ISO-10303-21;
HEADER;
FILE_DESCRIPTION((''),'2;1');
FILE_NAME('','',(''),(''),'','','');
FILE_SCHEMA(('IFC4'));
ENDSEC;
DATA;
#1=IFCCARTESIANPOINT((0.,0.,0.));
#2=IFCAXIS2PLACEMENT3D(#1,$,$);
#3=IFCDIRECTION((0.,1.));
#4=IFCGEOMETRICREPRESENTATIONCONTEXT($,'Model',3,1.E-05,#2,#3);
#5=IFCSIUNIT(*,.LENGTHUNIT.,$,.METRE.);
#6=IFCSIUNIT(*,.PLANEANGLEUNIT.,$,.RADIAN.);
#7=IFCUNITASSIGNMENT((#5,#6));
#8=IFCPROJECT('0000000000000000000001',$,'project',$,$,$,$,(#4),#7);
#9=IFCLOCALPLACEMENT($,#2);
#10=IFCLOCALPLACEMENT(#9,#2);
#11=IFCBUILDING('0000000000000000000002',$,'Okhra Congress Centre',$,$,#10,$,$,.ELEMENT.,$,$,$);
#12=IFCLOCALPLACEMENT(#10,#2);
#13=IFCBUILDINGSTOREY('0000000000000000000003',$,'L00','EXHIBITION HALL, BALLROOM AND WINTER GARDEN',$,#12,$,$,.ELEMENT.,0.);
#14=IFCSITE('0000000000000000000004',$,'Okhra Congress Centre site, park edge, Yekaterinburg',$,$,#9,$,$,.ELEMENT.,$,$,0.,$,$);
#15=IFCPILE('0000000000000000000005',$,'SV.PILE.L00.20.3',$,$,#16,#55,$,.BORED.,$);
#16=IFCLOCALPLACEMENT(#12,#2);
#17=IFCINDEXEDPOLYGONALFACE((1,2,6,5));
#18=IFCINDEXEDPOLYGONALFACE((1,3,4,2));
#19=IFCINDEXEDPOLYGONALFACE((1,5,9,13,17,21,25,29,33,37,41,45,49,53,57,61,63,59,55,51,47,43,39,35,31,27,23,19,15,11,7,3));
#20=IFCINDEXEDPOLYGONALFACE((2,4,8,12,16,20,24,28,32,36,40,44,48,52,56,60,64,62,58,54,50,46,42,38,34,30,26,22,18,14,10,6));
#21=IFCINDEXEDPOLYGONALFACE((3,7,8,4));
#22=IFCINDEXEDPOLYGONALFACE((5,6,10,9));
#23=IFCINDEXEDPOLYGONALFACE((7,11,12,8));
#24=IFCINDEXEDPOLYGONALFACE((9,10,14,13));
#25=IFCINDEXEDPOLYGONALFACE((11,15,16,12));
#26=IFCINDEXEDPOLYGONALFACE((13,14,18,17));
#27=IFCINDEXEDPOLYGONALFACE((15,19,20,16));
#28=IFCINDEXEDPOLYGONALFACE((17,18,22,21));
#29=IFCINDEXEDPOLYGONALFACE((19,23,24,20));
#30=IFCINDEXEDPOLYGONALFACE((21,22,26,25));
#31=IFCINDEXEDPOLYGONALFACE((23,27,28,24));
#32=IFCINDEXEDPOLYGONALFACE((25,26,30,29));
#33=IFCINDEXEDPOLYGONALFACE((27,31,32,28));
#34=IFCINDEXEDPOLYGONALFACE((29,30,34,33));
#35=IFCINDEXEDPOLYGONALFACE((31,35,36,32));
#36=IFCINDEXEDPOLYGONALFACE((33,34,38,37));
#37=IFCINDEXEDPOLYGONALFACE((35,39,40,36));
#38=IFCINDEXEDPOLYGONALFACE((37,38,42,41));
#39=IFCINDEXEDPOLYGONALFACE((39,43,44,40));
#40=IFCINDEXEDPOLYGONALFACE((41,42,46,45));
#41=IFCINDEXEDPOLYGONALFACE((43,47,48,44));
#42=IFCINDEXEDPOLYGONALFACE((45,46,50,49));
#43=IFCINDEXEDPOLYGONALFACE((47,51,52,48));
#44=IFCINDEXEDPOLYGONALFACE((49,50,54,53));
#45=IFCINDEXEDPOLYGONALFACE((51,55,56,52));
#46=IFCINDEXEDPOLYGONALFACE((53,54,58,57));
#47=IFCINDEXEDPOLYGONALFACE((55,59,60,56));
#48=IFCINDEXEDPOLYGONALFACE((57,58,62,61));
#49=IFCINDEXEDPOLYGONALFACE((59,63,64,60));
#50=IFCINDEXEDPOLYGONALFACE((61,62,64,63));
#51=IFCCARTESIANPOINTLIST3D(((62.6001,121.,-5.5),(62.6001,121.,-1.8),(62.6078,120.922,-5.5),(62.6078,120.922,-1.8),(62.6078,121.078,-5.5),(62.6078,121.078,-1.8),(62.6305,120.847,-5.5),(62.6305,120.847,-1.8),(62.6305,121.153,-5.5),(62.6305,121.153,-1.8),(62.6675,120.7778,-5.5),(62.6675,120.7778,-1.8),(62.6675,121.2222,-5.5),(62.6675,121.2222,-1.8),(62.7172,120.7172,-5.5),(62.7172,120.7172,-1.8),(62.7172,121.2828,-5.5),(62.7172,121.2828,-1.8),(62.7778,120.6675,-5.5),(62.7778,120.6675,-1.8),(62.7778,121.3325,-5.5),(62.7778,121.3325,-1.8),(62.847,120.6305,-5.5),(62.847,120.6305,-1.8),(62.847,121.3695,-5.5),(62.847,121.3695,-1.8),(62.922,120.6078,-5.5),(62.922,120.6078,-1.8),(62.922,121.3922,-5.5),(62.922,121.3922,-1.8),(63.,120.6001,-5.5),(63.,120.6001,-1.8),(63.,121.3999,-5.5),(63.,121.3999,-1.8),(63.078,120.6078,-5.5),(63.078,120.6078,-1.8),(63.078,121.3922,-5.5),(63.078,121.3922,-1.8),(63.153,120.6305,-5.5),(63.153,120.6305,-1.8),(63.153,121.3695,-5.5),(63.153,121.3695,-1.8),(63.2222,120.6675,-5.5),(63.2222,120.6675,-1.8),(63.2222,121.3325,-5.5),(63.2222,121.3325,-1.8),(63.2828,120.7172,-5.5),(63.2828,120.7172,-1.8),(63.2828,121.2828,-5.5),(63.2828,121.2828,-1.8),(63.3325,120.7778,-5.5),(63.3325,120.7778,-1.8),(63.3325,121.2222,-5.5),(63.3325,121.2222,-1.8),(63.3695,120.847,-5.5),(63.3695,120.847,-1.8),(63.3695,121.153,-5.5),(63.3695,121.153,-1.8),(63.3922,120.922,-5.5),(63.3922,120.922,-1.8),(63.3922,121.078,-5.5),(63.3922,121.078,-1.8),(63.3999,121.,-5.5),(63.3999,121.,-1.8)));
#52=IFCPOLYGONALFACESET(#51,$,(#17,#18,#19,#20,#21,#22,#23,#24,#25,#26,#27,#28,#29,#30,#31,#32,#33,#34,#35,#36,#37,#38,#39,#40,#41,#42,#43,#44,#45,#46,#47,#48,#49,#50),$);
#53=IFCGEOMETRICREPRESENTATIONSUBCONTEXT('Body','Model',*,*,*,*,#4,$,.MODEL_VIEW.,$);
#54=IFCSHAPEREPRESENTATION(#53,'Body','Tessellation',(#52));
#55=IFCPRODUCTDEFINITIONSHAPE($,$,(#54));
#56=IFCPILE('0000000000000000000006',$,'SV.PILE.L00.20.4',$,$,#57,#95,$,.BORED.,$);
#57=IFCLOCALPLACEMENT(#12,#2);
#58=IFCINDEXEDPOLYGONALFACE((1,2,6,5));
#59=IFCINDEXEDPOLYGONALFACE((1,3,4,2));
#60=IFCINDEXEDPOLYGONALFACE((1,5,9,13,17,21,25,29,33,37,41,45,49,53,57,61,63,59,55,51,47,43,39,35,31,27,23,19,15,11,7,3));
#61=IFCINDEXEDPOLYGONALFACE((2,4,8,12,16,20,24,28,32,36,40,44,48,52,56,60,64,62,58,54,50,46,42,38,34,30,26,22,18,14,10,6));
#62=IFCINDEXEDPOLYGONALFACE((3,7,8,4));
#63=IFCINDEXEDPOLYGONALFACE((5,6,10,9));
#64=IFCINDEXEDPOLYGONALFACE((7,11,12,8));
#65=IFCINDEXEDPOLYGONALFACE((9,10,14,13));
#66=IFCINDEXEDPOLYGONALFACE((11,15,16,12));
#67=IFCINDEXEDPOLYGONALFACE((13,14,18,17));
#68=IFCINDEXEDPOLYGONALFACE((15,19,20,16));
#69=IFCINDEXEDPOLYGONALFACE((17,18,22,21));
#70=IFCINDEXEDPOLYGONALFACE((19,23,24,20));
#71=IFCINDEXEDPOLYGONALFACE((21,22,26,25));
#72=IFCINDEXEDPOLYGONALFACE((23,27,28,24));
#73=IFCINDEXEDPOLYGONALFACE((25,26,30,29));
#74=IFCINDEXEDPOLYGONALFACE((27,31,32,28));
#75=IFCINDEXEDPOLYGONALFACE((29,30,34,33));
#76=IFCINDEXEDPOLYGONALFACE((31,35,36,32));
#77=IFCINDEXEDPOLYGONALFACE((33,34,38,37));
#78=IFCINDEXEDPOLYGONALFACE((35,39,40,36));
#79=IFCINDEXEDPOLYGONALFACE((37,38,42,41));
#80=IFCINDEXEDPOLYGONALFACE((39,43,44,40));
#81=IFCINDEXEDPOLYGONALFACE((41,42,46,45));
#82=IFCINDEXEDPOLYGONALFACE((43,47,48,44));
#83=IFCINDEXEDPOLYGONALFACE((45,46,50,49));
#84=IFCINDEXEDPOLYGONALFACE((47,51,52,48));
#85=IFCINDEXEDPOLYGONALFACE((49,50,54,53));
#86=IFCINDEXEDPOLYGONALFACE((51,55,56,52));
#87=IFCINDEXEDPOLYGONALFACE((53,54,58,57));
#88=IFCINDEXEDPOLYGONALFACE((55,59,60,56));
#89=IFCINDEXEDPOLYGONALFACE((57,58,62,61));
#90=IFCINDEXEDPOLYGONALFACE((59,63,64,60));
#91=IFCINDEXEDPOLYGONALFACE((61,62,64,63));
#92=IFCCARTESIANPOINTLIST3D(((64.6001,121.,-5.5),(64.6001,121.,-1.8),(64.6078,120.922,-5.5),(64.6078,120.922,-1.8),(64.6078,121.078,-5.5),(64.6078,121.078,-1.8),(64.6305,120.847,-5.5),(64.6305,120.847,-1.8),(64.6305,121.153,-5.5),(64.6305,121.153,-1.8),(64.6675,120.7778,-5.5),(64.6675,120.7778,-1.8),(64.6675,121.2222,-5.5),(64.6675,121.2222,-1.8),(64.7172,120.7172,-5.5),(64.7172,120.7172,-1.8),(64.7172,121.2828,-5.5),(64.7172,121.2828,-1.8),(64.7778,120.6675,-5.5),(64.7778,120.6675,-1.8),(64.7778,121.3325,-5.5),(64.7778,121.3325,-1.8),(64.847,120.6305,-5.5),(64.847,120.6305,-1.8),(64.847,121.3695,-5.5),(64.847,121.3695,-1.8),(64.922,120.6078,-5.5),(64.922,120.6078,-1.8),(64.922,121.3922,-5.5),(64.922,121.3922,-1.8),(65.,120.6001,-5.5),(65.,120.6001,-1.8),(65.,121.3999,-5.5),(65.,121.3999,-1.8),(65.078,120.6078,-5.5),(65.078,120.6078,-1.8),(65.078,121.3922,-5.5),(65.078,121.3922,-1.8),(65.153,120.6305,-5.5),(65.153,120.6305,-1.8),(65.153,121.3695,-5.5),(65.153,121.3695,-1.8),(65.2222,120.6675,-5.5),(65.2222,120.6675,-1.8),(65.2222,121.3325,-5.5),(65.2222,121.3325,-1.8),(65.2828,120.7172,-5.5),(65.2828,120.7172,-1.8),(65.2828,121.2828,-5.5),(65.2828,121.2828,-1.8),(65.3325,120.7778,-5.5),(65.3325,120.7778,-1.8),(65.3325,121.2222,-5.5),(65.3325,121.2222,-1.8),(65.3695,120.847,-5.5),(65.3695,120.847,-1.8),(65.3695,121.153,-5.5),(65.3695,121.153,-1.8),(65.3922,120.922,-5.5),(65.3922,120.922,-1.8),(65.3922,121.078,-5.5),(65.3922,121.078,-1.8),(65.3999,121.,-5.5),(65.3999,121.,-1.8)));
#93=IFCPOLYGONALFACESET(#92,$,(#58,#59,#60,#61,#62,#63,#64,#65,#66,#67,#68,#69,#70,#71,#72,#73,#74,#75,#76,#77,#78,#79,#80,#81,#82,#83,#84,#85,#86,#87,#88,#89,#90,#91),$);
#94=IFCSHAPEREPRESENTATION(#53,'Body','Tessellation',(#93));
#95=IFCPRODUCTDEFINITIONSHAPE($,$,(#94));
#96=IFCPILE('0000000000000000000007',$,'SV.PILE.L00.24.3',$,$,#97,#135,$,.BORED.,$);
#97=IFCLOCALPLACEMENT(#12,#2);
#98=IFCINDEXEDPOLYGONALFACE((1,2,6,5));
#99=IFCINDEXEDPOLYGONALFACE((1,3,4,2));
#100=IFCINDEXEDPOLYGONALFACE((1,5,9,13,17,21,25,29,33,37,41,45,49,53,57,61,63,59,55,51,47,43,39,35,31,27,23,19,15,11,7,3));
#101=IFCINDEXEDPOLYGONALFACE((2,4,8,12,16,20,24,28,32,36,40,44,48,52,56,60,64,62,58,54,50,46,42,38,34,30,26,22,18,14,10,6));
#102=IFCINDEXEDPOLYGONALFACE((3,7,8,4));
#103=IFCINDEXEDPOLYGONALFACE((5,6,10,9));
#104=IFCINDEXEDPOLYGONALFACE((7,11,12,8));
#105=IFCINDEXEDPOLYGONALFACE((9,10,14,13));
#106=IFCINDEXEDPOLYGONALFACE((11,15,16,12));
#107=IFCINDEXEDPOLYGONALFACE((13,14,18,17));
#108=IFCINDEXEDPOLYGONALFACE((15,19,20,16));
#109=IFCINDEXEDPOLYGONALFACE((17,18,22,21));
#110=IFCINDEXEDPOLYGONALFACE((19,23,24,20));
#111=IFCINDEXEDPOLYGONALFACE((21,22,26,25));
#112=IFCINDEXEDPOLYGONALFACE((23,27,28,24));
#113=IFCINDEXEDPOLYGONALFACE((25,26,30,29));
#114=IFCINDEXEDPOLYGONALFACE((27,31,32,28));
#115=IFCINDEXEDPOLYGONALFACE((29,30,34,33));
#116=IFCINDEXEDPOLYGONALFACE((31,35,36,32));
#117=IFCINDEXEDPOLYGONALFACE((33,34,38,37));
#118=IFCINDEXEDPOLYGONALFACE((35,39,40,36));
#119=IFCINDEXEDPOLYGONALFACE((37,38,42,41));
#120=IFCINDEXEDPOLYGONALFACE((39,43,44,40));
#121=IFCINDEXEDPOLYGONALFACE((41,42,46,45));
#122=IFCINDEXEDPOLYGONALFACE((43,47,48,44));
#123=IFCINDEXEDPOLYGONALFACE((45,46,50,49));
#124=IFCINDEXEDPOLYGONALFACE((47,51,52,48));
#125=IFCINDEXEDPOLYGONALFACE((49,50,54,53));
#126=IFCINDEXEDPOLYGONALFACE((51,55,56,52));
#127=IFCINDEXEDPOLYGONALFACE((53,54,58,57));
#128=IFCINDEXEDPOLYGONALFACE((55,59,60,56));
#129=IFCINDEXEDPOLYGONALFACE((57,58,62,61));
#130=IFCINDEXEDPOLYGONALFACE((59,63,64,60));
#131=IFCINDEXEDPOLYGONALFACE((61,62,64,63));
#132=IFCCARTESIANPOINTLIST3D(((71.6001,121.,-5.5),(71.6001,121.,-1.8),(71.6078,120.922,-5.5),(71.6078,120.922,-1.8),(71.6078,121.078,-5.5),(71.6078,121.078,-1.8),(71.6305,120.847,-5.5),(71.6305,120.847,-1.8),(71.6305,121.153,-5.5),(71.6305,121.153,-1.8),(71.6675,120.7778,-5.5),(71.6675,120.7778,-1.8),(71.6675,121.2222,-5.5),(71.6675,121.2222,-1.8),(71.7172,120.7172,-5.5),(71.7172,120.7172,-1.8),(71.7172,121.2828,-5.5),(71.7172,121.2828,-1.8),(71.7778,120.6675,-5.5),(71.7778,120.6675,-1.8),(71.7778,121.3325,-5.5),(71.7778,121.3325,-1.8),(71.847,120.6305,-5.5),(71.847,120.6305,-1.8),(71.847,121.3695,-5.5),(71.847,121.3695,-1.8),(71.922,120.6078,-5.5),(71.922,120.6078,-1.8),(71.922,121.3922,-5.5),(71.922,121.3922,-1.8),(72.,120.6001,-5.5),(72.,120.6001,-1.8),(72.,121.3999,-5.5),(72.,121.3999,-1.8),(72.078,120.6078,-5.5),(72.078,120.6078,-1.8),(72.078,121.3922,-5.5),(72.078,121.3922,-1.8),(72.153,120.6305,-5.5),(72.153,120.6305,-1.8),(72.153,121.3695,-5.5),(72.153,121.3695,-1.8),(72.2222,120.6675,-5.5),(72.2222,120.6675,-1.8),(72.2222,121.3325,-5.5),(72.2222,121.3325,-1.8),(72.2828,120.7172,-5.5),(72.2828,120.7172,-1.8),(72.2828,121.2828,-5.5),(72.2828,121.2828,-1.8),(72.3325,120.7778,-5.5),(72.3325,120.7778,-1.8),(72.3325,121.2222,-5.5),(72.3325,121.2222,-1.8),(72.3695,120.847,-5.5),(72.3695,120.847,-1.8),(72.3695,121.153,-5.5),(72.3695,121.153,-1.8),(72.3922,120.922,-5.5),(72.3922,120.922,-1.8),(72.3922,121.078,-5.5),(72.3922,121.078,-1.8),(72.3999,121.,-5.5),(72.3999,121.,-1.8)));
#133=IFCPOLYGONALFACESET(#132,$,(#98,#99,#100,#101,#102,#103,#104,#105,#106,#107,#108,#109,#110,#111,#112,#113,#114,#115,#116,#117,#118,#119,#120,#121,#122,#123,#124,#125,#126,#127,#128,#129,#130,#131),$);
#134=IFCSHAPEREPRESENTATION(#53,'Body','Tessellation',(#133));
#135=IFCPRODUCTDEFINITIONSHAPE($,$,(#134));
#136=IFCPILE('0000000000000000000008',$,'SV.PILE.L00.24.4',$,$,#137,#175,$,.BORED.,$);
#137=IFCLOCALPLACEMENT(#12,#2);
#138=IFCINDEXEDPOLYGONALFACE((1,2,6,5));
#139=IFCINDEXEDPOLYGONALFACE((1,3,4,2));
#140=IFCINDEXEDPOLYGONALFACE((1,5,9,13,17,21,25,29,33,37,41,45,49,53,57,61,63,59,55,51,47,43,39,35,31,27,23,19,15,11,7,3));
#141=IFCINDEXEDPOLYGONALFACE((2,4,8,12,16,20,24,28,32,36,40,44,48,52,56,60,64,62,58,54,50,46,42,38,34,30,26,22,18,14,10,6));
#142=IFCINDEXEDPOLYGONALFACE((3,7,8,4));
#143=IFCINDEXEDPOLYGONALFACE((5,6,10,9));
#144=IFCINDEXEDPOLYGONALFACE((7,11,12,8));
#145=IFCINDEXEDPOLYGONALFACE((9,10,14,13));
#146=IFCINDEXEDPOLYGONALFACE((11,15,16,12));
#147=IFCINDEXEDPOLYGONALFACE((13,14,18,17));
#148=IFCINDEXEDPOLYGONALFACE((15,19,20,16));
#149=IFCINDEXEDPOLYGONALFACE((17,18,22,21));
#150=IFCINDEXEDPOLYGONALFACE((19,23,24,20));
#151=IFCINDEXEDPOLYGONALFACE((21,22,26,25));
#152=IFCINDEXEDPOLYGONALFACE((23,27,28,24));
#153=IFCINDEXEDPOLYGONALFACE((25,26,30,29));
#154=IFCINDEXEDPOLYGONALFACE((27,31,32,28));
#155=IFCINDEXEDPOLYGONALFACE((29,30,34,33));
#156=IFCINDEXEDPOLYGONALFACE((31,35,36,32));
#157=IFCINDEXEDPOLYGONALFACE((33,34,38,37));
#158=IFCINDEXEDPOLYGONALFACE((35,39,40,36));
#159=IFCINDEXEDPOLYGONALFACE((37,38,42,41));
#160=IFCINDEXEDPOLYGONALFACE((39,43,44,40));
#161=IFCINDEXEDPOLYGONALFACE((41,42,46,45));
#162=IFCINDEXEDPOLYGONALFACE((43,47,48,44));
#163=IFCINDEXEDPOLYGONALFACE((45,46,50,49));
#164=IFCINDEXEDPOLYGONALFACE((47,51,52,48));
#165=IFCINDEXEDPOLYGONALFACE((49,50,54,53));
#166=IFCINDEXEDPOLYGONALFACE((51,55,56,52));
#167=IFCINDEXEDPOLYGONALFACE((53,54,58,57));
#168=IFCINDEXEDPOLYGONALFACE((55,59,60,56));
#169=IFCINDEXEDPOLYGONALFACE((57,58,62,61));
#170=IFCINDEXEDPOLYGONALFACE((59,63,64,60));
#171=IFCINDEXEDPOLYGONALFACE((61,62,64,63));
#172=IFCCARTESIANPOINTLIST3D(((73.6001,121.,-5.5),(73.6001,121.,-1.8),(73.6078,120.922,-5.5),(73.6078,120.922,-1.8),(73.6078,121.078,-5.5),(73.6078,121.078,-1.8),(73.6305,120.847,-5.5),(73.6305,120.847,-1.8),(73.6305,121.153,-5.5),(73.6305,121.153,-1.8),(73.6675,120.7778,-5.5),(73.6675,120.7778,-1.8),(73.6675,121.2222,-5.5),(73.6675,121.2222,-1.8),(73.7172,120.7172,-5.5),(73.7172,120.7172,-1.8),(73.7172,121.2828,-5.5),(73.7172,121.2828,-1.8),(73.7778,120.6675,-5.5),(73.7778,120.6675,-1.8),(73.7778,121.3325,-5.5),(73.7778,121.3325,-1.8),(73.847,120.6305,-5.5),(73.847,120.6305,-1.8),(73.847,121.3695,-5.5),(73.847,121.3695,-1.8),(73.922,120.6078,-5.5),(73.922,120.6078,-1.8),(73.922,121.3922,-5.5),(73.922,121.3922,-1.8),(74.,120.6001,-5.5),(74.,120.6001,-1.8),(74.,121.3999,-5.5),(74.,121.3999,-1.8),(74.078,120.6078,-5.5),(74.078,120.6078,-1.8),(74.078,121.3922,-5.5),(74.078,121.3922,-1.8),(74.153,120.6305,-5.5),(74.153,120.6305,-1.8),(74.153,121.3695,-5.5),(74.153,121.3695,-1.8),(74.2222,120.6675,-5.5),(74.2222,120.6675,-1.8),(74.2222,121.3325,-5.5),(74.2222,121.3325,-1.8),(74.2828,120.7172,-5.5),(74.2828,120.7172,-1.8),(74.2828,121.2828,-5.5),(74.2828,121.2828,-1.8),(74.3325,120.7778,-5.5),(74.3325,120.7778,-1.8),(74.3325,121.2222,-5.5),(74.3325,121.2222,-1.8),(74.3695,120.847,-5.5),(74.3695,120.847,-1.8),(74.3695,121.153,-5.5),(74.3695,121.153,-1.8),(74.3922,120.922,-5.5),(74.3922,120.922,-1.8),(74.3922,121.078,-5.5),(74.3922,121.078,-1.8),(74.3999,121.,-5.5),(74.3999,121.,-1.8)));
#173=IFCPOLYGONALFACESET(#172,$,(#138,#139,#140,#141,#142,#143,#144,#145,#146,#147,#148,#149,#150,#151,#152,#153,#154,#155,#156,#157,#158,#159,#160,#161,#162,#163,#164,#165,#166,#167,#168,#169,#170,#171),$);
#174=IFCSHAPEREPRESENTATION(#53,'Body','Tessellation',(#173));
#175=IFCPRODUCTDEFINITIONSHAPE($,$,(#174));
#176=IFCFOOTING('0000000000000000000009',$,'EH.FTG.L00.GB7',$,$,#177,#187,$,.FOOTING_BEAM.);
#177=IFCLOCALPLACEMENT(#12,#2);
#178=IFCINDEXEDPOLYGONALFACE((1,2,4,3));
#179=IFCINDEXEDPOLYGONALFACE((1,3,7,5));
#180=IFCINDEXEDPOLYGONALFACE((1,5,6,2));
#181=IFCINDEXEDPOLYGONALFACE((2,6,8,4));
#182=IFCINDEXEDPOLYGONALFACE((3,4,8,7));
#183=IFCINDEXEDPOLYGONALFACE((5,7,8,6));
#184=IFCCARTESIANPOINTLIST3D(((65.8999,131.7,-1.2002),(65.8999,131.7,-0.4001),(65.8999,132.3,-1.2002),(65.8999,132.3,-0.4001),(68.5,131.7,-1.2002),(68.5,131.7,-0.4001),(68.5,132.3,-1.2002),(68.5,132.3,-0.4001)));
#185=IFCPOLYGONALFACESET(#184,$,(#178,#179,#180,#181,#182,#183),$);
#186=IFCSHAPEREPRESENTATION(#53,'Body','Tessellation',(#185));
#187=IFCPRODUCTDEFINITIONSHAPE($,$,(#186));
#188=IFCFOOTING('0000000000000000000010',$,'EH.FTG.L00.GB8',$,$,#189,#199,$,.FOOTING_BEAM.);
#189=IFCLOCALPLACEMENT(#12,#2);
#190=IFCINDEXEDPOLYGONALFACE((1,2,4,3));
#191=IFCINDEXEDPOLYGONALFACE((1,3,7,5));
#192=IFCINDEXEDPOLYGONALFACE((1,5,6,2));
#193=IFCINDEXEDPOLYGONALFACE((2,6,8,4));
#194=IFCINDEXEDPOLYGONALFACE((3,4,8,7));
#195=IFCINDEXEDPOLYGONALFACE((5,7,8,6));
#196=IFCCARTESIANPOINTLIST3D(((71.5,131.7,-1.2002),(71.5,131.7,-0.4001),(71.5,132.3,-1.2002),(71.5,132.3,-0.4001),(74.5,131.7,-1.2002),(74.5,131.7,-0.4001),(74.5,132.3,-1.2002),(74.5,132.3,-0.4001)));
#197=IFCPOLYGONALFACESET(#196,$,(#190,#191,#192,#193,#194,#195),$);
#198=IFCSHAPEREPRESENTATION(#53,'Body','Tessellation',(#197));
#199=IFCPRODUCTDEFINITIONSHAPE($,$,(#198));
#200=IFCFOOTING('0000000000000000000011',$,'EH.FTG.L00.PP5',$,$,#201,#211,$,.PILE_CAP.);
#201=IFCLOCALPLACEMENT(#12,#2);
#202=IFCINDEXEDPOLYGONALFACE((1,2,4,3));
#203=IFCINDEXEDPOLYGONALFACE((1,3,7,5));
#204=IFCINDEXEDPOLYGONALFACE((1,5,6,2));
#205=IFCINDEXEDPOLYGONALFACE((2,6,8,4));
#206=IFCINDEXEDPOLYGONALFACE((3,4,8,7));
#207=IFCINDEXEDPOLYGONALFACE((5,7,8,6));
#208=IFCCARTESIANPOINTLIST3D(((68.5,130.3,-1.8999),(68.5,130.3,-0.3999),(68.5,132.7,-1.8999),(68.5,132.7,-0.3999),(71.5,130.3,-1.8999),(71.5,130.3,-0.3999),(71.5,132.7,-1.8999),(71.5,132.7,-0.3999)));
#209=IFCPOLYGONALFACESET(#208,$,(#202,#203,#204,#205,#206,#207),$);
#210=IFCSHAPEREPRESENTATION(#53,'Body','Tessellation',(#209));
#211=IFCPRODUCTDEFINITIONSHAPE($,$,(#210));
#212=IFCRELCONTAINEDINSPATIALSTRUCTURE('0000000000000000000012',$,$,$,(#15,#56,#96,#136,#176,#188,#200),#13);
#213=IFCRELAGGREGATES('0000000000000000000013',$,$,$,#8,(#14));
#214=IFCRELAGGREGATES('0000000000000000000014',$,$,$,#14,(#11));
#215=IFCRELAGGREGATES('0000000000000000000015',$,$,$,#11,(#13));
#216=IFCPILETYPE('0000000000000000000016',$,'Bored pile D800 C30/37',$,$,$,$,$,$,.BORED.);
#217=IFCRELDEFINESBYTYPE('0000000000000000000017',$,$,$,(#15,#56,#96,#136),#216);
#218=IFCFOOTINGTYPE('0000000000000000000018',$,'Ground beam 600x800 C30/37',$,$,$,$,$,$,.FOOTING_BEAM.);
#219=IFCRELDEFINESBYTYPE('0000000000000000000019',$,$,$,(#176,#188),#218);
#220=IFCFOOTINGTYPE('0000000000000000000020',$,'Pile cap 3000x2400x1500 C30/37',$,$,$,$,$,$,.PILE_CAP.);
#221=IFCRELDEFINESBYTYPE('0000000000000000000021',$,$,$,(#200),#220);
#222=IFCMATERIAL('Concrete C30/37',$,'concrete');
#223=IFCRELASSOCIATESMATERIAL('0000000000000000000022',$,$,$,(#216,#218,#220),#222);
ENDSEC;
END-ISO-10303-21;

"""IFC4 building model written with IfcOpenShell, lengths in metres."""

from ifc_helpers import new_model, si_unit, direction, frame, origin, origin_2d, place, context, subcontext, project, spatial, rectangle, circle, extrude, material, material_profile, profile_set, type_object, element, save


model = new_model("IFC4")

# Units and contexts
model_context = context("Model", 3, precision=1e-05, world=origin(), true_north=direction((0.0, 1.0)))
body_context = subcontext(model_context, "Body", "Model", "MODEL_VIEW")
ifc_project = project(units=[si_unit("LENGTHUNIT", "METRE"), si_unit("PLANEANGLEUNIT", "RADIAN")], contexts=[model_context])

# Site, building, storey
site_placement = place(None, origin())
site = spatial("IfcSite", under=ifc_project, at=site_placement, Name="Okhra Congress Centre site, park edge, Yekaterinburg", CompositionType="ELEMENT", RefElevation=0.0)
building_placement = place(site_placement, origin())
building = spatial("IfcBuilding", under=site, at=building_placement, Name="Okhra Congress Centre", CompositionType="ELEMENT")
storey_placement = place(building_placement, origin())
storey = spatial("IfcBuildingStorey", under=building, at=storey_placement, Name="L00", Description="EXHIBITION HALL, BALLROOM AND WINTER GARDEN", CompositionType="ELEMENT", Elevation=0.0)

# Piles
ifc_material_1 = material(Name="Concrete C30/37", Category="concrete")
ifc_material_profile_1 = material_profile(ifc_material_1, circle(Radius=0.3999, at=origin_2d()), Name="D800")
ifc_profile_set_1 = profile_set([ifc_material_profile_1], Name="Concrete C30/37")
pile_type_1 = type_object("IfcPileType", Name="Bored pile D800 C30/37", PredefinedType="BORED", material=ifc_profile_set_1)
for number, where, z_axis, x_axis, name in (
    (1, (63.0, 121.0, -1.8), (0.0, 0.0, -1.0), (1.0, 0.0, 0.0), "SV.PILE.L00.20.3"),
    (2, (65.0, 121.0, -1.8), (0.0, 0.0, -1.0), (1.0, 0.0, 0.0), "SV.PILE.L00.20.4"),
    (3, (72.0, 121.0, -1.8), (0.0, 0.0, -1.0), (1.0, 0.0, 0.0), "SV.PILE.L00.24.3"),
    (4, (74.0, 121.0, -1.8), (0.0, 0.0, -1.0), (1.0, 0.0, 0.0), "SV.PILE.L00.24.4"),
):
    element("IfcPile", number, at=place(storey_placement, frame(where, z_axis=z_axis, x_axis=x_axis)), inside=storey, type_object=pile_type_1, Name=name, PredefinedType="BORED", context=body_context, shape_type="SweptSolid", body=[
        extrude(circle(Radius=0.3999, at=origin_2d()), origin(), (0.0, 0.0, 1.0), 3.7),
    ])

# Footings
footing_type_1 = type_object("IfcFootingType", Name="Ground beam 600x800 C30/37", PredefinedType="FOOTING_BEAM", material=ifc_material_1)
footing_1_placement = place(storey_placement, frame((67.2, 132.0, -1.2002), z_axis=(0.0, 0.0, 1.0), x_axis=(1.0, 0.0, 0.0)))
element("IfcFooting", 5, at=footing_1_placement, inside=storey, type_object=footing_type_1, Name="EH.FTG.L00.GB7", PredefinedType="FOOTING_BEAM", context=body_context, shape_type="SweptSolid", body=[
    extrude(rectangle(XDim=2.6001, YDim=0.6001, at=origin_2d()), origin(), (0.0, 0.0, 1.0), 0.8),
])
footing_2_placement = place(storey_placement, frame((73.0, 132.0, -1.2002), z_axis=(0.0, 0.0, 1.0), x_axis=(1.0, 0.0, 0.0)))
element("IfcFooting", 6, at=footing_2_placement, inside=storey, type_object=footing_type_1, Name="EH.FTG.L00.GB8", PredefinedType="FOOTING_BEAM", context=body_context, shape_type="SweptSolid", body=[
    extrude(rectangle(XDim=3.0, YDim=0.6001, at=origin_2d()), origin(), (0.0, 0.0, 1.0), 0.8),
])
footing_type_2 = type_object("IfcFootingType", Name="Pile cap 3000x2400x1500 C30/37", PredefinedType="PILE_CAP", material=ifc_material_1)
footing_3_placement = place(storey_placement, frame((70.0, 131.5, -1.8999), z_axis=(0.0, 0.0, 1.0), x_axis=(1.0, 0.0, 0.0)))
element("IfcFooting", 7, at=footing_3_placement, inside=storey, type_object=footing_type_2, Name="EH.FTG.L00.PP5", PredefinedType="PILE_CAP", context=body_context, shape_type="SweptSolid", body=[
    extrude(rectangle(XDim=3.0, YDim=2.3999, at=origin_2d()), origin(), (0.0, 0.0, 1.0), 1.5),
])

save(model, "model.ifc")
